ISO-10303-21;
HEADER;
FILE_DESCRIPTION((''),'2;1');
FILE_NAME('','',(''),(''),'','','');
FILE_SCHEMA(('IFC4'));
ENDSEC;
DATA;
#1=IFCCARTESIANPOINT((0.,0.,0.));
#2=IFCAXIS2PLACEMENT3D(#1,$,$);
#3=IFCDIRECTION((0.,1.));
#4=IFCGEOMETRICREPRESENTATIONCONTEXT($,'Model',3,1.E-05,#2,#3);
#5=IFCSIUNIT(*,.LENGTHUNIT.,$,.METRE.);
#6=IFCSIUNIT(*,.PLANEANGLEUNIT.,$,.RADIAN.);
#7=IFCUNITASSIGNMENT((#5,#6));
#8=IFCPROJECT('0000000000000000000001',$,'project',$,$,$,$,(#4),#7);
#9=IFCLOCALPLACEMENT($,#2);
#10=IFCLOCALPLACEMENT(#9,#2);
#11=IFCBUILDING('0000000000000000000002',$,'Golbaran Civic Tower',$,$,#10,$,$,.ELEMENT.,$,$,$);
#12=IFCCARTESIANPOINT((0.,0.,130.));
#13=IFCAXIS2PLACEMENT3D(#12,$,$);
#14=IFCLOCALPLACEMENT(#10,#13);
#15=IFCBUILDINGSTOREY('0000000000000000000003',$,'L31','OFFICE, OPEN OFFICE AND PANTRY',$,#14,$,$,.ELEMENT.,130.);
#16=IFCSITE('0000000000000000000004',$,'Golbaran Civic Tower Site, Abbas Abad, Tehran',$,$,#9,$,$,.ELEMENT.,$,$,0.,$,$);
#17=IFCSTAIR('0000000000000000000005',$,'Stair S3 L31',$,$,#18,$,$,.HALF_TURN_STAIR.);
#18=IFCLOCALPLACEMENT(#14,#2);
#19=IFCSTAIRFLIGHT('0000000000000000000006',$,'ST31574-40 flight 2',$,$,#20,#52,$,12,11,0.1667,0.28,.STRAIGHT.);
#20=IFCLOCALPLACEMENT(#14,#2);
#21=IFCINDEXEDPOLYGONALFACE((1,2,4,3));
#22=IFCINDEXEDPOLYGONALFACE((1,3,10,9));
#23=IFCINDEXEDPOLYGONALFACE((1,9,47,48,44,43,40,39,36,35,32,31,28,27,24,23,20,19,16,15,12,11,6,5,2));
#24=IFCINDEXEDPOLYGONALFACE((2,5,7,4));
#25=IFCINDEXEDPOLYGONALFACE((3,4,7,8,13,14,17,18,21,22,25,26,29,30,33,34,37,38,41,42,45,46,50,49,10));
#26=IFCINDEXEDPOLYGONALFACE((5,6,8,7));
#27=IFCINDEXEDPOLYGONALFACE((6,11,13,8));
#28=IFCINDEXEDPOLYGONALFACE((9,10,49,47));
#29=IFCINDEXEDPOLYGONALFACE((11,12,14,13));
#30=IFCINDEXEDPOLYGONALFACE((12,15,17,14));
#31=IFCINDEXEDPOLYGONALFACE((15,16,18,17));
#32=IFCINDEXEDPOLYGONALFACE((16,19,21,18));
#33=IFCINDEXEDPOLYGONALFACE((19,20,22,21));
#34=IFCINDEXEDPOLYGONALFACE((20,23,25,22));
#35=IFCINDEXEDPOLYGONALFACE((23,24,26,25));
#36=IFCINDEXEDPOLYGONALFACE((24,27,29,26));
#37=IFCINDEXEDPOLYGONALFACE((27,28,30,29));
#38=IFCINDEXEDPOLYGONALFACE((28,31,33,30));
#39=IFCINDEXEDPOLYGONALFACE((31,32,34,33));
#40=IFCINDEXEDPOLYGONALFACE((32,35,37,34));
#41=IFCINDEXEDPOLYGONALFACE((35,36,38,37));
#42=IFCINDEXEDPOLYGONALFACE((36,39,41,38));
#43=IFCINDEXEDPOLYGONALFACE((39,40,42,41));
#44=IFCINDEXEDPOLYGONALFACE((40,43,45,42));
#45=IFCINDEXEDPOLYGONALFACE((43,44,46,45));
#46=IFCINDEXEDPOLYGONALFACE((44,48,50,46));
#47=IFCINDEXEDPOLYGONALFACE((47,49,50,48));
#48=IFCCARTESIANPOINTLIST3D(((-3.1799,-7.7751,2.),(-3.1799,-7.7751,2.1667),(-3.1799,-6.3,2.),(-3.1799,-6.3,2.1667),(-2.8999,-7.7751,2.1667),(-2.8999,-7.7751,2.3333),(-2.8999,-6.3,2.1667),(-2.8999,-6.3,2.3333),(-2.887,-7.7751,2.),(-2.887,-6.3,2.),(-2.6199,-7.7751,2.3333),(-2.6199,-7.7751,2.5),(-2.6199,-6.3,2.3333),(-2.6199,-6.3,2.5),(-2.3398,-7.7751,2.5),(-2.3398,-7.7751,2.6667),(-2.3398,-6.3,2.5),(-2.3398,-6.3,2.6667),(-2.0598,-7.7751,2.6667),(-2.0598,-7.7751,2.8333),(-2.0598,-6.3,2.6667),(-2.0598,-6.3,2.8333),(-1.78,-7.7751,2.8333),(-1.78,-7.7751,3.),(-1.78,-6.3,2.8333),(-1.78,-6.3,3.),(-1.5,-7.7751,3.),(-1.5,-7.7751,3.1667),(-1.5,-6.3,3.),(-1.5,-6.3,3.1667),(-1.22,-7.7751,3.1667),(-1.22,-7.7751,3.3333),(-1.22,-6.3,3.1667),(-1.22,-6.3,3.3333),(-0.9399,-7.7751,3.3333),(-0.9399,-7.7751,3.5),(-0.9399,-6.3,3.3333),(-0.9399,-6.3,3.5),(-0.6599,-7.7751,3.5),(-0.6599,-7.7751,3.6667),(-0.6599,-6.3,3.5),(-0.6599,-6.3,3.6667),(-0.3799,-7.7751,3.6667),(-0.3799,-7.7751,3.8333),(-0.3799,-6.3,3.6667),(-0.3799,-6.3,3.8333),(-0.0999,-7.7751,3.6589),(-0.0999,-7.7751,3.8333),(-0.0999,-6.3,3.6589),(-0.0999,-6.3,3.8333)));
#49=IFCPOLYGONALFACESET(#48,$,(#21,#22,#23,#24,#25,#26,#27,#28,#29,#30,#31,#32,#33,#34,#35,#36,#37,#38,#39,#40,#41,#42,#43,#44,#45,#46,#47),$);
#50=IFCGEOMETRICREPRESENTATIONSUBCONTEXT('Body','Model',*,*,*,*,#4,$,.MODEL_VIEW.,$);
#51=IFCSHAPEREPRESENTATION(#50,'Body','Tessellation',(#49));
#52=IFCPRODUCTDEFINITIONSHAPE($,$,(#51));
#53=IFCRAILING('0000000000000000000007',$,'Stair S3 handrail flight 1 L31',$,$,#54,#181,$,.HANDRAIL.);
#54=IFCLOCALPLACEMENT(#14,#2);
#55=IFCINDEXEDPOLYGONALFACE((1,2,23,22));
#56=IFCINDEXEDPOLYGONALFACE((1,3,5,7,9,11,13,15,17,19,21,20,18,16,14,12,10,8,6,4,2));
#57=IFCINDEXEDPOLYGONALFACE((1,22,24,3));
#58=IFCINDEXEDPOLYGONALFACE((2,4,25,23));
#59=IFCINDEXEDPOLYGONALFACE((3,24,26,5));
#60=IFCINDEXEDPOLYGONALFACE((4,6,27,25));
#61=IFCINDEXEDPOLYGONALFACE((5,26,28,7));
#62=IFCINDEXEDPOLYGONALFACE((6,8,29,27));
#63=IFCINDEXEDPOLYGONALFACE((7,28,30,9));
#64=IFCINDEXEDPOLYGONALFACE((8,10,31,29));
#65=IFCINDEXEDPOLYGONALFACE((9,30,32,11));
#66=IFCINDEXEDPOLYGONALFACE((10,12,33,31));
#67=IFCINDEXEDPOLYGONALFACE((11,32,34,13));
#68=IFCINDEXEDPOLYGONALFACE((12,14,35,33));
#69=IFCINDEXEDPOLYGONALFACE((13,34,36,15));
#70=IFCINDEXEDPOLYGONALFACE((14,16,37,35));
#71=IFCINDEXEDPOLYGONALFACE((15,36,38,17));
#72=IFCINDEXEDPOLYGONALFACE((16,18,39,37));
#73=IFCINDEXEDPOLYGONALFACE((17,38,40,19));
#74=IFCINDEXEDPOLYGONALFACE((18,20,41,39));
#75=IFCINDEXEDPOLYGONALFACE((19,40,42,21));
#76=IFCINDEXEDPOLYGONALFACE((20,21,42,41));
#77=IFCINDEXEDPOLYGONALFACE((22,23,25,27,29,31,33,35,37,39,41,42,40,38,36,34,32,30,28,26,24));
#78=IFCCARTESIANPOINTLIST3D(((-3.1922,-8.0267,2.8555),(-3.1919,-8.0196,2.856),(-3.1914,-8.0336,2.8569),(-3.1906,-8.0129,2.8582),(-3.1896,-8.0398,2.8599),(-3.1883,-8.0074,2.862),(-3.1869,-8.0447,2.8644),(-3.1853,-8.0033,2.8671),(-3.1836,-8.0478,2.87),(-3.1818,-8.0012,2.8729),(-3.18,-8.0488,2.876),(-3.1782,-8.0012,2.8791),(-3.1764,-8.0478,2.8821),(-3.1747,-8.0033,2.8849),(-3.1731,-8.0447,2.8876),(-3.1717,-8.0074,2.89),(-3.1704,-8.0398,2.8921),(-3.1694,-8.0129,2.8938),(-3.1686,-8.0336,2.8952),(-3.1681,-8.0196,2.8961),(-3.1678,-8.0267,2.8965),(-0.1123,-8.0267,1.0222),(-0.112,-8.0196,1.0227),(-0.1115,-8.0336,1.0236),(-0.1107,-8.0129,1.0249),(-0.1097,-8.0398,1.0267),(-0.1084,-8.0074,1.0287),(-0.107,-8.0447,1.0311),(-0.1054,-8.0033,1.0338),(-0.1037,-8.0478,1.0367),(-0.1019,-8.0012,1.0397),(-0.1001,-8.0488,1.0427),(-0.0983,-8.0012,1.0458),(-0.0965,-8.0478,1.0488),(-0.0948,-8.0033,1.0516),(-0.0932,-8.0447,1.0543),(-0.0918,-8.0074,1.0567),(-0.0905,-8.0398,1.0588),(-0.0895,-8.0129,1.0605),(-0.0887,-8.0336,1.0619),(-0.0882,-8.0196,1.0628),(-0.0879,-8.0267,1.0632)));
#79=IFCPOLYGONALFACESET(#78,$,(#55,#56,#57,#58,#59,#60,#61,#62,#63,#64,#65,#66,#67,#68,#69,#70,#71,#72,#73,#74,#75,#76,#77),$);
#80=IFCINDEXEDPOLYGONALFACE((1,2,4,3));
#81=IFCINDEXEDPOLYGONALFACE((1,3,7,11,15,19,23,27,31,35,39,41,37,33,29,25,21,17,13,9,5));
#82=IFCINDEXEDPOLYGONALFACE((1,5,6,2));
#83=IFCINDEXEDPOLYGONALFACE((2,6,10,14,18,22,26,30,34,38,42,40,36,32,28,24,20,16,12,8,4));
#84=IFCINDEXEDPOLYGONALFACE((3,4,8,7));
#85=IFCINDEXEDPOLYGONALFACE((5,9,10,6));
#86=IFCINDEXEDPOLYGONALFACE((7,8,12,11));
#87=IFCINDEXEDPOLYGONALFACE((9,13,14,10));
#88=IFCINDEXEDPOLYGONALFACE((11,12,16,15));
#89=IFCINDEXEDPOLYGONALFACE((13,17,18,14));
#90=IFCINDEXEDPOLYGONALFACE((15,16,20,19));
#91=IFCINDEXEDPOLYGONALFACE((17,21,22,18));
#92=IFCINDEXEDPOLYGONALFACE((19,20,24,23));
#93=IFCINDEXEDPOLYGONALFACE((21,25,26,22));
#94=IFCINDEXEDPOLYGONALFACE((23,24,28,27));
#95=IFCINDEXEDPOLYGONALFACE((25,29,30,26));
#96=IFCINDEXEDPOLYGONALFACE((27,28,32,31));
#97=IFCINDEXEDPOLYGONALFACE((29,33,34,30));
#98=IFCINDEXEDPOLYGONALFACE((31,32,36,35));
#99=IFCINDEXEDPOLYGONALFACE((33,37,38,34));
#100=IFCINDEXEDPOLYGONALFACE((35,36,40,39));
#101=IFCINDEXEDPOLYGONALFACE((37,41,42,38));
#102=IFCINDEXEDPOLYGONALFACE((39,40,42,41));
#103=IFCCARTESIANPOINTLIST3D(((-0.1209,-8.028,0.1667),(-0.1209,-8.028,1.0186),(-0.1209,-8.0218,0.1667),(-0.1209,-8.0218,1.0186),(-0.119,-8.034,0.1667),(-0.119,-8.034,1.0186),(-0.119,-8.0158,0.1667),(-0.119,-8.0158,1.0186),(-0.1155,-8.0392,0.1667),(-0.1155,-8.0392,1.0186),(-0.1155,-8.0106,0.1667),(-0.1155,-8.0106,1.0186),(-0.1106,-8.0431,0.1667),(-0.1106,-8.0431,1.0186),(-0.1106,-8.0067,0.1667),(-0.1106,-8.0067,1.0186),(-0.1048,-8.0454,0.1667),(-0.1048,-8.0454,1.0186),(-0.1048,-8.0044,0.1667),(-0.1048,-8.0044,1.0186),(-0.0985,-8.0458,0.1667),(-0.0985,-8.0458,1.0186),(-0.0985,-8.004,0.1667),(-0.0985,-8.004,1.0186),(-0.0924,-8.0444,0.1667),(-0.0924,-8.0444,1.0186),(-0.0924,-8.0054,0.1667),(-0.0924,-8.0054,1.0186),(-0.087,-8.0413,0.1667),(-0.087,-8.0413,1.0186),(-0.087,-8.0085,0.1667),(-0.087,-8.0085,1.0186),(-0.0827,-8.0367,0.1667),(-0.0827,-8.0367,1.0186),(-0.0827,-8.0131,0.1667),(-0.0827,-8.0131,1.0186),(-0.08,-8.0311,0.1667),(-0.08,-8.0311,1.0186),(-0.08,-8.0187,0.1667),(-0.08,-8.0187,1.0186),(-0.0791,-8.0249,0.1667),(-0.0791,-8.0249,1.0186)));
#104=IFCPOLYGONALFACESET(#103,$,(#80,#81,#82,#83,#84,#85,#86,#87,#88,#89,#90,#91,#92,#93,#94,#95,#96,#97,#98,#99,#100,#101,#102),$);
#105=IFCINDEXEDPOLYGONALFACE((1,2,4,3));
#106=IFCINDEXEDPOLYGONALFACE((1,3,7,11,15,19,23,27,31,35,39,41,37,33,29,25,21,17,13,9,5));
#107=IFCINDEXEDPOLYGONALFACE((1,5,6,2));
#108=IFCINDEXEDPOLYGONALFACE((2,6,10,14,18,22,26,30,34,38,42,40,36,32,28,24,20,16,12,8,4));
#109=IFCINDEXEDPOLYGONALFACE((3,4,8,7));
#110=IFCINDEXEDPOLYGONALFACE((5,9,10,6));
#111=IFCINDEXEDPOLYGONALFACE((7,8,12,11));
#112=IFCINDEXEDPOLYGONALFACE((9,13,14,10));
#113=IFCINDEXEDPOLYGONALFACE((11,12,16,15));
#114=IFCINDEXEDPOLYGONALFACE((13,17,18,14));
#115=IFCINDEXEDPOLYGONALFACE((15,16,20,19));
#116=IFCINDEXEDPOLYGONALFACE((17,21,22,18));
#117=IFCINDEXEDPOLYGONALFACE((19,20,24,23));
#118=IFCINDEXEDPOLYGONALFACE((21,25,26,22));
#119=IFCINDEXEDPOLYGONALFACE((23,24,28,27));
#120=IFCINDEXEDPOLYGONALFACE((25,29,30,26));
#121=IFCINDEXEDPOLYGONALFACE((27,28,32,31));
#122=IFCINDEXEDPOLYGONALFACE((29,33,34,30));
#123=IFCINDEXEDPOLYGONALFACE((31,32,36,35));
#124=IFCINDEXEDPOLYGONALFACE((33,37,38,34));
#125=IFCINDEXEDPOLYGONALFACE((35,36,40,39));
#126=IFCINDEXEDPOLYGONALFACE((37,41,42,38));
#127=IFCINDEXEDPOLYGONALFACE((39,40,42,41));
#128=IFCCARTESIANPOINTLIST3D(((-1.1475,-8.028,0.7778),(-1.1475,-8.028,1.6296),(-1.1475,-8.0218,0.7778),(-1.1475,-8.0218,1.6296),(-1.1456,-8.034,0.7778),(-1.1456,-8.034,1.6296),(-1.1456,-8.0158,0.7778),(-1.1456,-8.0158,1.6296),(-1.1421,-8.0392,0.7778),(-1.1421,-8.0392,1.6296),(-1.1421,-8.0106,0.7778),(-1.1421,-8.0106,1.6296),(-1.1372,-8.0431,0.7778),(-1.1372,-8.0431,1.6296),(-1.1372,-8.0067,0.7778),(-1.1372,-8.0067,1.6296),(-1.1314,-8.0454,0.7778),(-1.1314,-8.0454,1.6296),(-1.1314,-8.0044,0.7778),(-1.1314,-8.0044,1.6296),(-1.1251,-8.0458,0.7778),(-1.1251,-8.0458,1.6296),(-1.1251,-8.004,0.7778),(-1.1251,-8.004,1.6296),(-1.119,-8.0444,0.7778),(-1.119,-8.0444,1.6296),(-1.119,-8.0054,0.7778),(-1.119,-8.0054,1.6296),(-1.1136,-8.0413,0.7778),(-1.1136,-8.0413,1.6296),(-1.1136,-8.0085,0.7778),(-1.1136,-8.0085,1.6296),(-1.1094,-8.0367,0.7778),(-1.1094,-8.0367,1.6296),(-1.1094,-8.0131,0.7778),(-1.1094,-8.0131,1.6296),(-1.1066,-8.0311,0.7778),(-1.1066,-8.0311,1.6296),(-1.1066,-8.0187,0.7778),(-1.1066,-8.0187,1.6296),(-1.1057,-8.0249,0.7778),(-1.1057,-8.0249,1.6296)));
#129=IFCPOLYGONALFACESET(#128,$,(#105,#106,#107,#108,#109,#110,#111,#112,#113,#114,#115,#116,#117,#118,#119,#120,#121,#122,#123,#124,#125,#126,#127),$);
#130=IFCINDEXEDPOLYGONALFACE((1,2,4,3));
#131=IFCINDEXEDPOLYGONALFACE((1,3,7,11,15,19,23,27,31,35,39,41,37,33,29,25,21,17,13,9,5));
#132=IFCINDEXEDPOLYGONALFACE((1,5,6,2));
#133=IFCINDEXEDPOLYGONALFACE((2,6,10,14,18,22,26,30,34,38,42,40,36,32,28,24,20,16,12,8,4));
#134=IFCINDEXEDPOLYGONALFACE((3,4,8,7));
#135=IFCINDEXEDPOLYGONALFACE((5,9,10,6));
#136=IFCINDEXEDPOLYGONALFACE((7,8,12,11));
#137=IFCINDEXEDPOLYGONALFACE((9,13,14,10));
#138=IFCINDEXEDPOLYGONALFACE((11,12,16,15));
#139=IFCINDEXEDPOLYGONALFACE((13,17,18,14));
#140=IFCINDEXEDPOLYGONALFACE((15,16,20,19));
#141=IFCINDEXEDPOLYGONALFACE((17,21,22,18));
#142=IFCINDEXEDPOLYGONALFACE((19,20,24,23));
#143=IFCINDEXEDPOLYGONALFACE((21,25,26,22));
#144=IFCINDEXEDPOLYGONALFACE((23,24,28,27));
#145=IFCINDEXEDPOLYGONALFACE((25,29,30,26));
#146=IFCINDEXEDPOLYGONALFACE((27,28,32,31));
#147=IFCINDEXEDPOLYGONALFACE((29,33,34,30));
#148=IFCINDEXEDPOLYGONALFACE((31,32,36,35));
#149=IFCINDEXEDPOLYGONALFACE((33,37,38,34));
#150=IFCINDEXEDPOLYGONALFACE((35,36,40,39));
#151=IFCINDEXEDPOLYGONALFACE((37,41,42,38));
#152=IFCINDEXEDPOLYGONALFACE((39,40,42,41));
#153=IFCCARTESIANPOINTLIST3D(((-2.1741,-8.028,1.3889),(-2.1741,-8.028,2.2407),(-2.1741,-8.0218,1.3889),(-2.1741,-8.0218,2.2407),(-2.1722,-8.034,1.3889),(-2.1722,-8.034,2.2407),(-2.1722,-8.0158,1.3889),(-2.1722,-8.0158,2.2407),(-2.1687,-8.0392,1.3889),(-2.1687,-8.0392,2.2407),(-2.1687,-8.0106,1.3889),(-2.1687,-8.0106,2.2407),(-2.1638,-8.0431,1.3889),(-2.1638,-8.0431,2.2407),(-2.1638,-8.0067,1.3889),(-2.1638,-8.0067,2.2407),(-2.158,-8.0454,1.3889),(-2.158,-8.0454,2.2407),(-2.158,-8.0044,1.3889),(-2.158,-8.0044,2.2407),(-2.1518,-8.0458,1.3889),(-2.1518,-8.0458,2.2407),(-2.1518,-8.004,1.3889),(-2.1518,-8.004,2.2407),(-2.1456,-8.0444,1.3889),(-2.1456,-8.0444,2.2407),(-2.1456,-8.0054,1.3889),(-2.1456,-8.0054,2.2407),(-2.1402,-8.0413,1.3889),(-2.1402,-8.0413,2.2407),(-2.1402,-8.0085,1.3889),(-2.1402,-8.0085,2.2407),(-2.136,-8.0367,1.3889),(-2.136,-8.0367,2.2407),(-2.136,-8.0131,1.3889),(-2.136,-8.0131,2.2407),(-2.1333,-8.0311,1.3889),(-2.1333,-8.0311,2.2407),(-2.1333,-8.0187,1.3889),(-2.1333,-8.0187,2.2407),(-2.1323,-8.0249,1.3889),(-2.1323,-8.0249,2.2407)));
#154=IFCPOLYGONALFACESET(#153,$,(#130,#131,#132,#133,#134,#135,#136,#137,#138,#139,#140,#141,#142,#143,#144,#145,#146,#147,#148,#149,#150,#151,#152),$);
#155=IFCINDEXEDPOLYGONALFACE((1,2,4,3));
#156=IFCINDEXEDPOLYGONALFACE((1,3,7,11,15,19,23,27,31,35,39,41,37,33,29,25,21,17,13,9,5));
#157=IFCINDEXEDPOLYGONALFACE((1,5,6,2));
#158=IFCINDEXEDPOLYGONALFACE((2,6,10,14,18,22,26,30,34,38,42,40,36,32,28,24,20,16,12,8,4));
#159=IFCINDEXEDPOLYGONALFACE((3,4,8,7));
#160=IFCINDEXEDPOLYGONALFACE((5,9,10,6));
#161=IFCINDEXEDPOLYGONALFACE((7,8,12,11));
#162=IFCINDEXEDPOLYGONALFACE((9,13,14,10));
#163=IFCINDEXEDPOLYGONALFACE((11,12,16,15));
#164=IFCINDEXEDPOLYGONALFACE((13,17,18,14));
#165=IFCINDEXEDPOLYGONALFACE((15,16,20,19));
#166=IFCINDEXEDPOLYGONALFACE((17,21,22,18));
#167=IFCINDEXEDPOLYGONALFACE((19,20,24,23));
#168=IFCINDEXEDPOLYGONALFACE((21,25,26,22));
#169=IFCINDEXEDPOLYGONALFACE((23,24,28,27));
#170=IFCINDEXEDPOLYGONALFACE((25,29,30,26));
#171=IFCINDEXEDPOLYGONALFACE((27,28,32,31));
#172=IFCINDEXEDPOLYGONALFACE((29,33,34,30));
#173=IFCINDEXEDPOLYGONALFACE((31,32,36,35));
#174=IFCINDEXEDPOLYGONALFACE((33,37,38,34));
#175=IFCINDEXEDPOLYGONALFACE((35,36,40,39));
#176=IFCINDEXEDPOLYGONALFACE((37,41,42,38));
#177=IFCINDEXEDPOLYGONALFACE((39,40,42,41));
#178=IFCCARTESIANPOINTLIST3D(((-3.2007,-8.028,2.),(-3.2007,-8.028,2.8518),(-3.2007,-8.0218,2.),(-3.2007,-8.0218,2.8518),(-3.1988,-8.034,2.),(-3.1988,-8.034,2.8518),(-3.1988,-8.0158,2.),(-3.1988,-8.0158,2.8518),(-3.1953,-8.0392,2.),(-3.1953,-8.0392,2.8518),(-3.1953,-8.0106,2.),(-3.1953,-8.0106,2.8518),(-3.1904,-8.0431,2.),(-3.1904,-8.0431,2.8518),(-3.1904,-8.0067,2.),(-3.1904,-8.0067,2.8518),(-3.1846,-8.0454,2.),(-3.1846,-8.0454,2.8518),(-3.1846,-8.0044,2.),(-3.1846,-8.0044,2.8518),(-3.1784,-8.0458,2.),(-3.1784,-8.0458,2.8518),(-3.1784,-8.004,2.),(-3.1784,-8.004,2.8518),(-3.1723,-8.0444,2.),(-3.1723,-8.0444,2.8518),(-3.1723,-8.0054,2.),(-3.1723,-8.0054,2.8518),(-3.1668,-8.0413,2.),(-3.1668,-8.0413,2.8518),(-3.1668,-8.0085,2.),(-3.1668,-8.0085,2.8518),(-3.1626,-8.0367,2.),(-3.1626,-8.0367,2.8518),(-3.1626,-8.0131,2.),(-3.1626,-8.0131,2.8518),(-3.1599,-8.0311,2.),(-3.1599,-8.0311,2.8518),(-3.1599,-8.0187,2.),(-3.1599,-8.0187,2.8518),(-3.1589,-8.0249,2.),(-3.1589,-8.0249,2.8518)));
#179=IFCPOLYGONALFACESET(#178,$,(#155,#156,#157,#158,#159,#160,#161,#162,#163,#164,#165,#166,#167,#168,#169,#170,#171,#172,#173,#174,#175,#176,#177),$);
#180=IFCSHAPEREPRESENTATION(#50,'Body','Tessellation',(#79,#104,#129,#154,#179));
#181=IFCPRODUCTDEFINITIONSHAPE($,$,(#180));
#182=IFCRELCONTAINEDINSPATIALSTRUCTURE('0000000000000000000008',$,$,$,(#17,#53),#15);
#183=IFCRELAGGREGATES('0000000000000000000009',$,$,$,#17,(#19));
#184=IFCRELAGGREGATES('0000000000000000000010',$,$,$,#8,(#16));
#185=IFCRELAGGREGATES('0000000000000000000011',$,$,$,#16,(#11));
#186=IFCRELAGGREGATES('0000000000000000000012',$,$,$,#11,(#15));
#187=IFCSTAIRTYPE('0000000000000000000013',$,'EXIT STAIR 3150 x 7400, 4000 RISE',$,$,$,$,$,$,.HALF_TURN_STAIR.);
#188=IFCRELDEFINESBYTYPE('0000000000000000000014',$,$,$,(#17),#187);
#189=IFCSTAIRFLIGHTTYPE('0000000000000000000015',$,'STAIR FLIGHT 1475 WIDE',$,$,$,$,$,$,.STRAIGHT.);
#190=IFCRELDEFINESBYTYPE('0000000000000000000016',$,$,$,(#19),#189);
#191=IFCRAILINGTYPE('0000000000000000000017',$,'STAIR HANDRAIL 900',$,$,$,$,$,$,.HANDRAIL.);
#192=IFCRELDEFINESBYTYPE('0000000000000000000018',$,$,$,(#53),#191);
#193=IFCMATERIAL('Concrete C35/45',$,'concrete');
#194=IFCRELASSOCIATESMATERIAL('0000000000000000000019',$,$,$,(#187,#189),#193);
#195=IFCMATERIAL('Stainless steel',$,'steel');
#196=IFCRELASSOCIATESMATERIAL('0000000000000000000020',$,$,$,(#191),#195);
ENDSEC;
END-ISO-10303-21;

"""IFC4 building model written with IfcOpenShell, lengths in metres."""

from ifc_helpers import new_model, si_unit, direction, frame, origin, origin_2d, place, context, subcontext, project, spatial, polyline, circle, outline, extrude, material, type_object, element, aggregate, save


model = new_model("IFC4")

# Units and contexts
model_context = context("Model", 3, precision=1e-05, world=origin(), true_north=direction((0.0, 1.0)))
body_context = subcontext(model_context, "Body", "Model", "MODEL_VIEW")
ifc_project = project(units=[si_unit("LENGTHUNIT", "METRE"), si_unit("PLANEANGLEUNIT", "RADIAN")], contexts=[model_context])

# Site, building, storey
site_placement = place(None, origin())
site = spatial("IfcSite", under=ifc_project, at=site_placement, Name="Golbaran Civic Tower Site, Abbas Abad, Tehran", CompositionType="ELEMENT", RefElevation=0.0)
building_placement = place(site_placement, origin())
building = spatial("IfcBuilding", under=site, at=building_placement, Name="Golbaran Civic Tower", CompositionType="ELEMENT")
storey_placement = place(building_placement, frame((0.0, 0.0, 130.0)))
storey = spatial("IfcBuildingStorey", under=building, at=storey_placement, Name="L31", Description="OFFICE, OPEN OFFICE AND PANTRY", CompositionType="ELEMENT", Elevation=130.0)

# Shared definitions
ifc_material_1 = material(Name="Stainless steel", Category="steel")

# Stair, stair flight
ifc_material_2 = material(Name="Concrete C35/45", Category="concrete")
stair_type = type_object("IfcStairType", Name="EXIT STAIR 3150 x 7400, 4000 RISE", PredefinedType="HALF_TURN_STAIR", material=ifc_material_2)
stair_placement = place(storey_placement, origin())
stair = element("IfcStair", 1, at=stair_placement, inside=storey, type_object=stair_type, Name="Stair S3 L31", PredefinedType="HALF_TURN_STAIR")
stair_flight_type = type_object("IfcStairFlightType", Name="STAIR FLIGHT 1475 WIDE", PredefinedType="STRAIGHT", material=ifc_material_2)
stair_flight_1_placement = place(storey_placement, frame((-3.1799, -7.0376, 2.0), z_axis=(0.0, 0.0, 1.0), x_axis=(1.0, 0.0, 0.0)))
stair_flight_1 = element("IfcStairFlight", 2, at=stair_flight_1_placement, type_object=stair_flight_type, Name="ST31574-40 flight 2", NumberOfRisers=12, NumberOfTreads=11, PredefinedType="STRAIGHT", RiserHeight=0.1667, TreadLength=0.28, context=body_context, shape_type="SweptSolid", body=[
    extrude(outline(polyline([(0.0, 0.0), (0.0, 0.1667), (0.28, 0.1667), (0.28, 0.3333), (0.5601, 0.3333), (0.5601, 0.5), (0.8401, 0.5), (0.8401, 0.6667), (1.1201, 0.6667), (1.1201, 0.8333), (1.3999, 0.8333), (1.3999, 1.0), (1.6799, 1.0), (1.6799, 1.1667), (1.96, 1.1667), (1.96, 1.3333), (2.24, 1.3333), (2.24, 1.5), (2.52, 1.5), (2.52, 1.6667), (2.8, 1.6667), (2.8, 1.8333), (3.0801, 1.8333), (3.0801, 2.0), (3.0801, 1.6589), (0.293, 0.0), (0.0, 0.0)])), frame((0.0, 0.7375, 0.0), z_axis=(0.0, -1.0, 0.0), x_axis=(1.0, 0.0, 0.0)), (0.0, 0.0, 1.0), 1.4751),
])
aggregate(stair, [stair_flight_1])

# Railing
railing_type = type_object("IfcRailingType", Name="STAIR HANDRAIL 900", PredefinedType="HANDRAIL", material=ifc_material_1)
railing_1_placement = place(storey_placement, frame((-0.1001, -8.0249, 0.1667)))
element("IfcRailing", 3, at=railing_1_placement, inside=storey, type_object=railing_type, Name="Stair S3 handrail flight 1 L31", PredefinedType="HANDRAIL", context=body_context, shape_type="SweptSolid", body=[
    extrude(circle(Radius=0.0239, at=origin_2d()), frame((0.0, 0.0, 0.876), z_axis=(-0.859291, 0.0, 0.511487), x_axis=(0.0, -1.0, 0.0)), (0.0, 0.0, 1.0), 3.5842),
    extrude(circle(Radius=0.021, at=origin_2d()), origin(), (0.0, 0.0, 1.0), 0.8518),
    extrude(circle(Radius=0.021, at=origin_2d()), frame((-1.0266, 0.0, 0.6111)), (0.0, 0.0, 1.0), 0.8518),
    extrude(circle(Radius=0.021, at=origin_2d()), frame((-2.0532, 0.0, 1.2222)), (0.0, 0.0, 1.0), 0.8518),
    extrude(circle(Radius=0.021, at=origin_2d()), frame((-3.0798, 0.0, 1.8333)), (0.0, 0.0, 1.0), 0.8518),
])

save(model, "model.ifc")
